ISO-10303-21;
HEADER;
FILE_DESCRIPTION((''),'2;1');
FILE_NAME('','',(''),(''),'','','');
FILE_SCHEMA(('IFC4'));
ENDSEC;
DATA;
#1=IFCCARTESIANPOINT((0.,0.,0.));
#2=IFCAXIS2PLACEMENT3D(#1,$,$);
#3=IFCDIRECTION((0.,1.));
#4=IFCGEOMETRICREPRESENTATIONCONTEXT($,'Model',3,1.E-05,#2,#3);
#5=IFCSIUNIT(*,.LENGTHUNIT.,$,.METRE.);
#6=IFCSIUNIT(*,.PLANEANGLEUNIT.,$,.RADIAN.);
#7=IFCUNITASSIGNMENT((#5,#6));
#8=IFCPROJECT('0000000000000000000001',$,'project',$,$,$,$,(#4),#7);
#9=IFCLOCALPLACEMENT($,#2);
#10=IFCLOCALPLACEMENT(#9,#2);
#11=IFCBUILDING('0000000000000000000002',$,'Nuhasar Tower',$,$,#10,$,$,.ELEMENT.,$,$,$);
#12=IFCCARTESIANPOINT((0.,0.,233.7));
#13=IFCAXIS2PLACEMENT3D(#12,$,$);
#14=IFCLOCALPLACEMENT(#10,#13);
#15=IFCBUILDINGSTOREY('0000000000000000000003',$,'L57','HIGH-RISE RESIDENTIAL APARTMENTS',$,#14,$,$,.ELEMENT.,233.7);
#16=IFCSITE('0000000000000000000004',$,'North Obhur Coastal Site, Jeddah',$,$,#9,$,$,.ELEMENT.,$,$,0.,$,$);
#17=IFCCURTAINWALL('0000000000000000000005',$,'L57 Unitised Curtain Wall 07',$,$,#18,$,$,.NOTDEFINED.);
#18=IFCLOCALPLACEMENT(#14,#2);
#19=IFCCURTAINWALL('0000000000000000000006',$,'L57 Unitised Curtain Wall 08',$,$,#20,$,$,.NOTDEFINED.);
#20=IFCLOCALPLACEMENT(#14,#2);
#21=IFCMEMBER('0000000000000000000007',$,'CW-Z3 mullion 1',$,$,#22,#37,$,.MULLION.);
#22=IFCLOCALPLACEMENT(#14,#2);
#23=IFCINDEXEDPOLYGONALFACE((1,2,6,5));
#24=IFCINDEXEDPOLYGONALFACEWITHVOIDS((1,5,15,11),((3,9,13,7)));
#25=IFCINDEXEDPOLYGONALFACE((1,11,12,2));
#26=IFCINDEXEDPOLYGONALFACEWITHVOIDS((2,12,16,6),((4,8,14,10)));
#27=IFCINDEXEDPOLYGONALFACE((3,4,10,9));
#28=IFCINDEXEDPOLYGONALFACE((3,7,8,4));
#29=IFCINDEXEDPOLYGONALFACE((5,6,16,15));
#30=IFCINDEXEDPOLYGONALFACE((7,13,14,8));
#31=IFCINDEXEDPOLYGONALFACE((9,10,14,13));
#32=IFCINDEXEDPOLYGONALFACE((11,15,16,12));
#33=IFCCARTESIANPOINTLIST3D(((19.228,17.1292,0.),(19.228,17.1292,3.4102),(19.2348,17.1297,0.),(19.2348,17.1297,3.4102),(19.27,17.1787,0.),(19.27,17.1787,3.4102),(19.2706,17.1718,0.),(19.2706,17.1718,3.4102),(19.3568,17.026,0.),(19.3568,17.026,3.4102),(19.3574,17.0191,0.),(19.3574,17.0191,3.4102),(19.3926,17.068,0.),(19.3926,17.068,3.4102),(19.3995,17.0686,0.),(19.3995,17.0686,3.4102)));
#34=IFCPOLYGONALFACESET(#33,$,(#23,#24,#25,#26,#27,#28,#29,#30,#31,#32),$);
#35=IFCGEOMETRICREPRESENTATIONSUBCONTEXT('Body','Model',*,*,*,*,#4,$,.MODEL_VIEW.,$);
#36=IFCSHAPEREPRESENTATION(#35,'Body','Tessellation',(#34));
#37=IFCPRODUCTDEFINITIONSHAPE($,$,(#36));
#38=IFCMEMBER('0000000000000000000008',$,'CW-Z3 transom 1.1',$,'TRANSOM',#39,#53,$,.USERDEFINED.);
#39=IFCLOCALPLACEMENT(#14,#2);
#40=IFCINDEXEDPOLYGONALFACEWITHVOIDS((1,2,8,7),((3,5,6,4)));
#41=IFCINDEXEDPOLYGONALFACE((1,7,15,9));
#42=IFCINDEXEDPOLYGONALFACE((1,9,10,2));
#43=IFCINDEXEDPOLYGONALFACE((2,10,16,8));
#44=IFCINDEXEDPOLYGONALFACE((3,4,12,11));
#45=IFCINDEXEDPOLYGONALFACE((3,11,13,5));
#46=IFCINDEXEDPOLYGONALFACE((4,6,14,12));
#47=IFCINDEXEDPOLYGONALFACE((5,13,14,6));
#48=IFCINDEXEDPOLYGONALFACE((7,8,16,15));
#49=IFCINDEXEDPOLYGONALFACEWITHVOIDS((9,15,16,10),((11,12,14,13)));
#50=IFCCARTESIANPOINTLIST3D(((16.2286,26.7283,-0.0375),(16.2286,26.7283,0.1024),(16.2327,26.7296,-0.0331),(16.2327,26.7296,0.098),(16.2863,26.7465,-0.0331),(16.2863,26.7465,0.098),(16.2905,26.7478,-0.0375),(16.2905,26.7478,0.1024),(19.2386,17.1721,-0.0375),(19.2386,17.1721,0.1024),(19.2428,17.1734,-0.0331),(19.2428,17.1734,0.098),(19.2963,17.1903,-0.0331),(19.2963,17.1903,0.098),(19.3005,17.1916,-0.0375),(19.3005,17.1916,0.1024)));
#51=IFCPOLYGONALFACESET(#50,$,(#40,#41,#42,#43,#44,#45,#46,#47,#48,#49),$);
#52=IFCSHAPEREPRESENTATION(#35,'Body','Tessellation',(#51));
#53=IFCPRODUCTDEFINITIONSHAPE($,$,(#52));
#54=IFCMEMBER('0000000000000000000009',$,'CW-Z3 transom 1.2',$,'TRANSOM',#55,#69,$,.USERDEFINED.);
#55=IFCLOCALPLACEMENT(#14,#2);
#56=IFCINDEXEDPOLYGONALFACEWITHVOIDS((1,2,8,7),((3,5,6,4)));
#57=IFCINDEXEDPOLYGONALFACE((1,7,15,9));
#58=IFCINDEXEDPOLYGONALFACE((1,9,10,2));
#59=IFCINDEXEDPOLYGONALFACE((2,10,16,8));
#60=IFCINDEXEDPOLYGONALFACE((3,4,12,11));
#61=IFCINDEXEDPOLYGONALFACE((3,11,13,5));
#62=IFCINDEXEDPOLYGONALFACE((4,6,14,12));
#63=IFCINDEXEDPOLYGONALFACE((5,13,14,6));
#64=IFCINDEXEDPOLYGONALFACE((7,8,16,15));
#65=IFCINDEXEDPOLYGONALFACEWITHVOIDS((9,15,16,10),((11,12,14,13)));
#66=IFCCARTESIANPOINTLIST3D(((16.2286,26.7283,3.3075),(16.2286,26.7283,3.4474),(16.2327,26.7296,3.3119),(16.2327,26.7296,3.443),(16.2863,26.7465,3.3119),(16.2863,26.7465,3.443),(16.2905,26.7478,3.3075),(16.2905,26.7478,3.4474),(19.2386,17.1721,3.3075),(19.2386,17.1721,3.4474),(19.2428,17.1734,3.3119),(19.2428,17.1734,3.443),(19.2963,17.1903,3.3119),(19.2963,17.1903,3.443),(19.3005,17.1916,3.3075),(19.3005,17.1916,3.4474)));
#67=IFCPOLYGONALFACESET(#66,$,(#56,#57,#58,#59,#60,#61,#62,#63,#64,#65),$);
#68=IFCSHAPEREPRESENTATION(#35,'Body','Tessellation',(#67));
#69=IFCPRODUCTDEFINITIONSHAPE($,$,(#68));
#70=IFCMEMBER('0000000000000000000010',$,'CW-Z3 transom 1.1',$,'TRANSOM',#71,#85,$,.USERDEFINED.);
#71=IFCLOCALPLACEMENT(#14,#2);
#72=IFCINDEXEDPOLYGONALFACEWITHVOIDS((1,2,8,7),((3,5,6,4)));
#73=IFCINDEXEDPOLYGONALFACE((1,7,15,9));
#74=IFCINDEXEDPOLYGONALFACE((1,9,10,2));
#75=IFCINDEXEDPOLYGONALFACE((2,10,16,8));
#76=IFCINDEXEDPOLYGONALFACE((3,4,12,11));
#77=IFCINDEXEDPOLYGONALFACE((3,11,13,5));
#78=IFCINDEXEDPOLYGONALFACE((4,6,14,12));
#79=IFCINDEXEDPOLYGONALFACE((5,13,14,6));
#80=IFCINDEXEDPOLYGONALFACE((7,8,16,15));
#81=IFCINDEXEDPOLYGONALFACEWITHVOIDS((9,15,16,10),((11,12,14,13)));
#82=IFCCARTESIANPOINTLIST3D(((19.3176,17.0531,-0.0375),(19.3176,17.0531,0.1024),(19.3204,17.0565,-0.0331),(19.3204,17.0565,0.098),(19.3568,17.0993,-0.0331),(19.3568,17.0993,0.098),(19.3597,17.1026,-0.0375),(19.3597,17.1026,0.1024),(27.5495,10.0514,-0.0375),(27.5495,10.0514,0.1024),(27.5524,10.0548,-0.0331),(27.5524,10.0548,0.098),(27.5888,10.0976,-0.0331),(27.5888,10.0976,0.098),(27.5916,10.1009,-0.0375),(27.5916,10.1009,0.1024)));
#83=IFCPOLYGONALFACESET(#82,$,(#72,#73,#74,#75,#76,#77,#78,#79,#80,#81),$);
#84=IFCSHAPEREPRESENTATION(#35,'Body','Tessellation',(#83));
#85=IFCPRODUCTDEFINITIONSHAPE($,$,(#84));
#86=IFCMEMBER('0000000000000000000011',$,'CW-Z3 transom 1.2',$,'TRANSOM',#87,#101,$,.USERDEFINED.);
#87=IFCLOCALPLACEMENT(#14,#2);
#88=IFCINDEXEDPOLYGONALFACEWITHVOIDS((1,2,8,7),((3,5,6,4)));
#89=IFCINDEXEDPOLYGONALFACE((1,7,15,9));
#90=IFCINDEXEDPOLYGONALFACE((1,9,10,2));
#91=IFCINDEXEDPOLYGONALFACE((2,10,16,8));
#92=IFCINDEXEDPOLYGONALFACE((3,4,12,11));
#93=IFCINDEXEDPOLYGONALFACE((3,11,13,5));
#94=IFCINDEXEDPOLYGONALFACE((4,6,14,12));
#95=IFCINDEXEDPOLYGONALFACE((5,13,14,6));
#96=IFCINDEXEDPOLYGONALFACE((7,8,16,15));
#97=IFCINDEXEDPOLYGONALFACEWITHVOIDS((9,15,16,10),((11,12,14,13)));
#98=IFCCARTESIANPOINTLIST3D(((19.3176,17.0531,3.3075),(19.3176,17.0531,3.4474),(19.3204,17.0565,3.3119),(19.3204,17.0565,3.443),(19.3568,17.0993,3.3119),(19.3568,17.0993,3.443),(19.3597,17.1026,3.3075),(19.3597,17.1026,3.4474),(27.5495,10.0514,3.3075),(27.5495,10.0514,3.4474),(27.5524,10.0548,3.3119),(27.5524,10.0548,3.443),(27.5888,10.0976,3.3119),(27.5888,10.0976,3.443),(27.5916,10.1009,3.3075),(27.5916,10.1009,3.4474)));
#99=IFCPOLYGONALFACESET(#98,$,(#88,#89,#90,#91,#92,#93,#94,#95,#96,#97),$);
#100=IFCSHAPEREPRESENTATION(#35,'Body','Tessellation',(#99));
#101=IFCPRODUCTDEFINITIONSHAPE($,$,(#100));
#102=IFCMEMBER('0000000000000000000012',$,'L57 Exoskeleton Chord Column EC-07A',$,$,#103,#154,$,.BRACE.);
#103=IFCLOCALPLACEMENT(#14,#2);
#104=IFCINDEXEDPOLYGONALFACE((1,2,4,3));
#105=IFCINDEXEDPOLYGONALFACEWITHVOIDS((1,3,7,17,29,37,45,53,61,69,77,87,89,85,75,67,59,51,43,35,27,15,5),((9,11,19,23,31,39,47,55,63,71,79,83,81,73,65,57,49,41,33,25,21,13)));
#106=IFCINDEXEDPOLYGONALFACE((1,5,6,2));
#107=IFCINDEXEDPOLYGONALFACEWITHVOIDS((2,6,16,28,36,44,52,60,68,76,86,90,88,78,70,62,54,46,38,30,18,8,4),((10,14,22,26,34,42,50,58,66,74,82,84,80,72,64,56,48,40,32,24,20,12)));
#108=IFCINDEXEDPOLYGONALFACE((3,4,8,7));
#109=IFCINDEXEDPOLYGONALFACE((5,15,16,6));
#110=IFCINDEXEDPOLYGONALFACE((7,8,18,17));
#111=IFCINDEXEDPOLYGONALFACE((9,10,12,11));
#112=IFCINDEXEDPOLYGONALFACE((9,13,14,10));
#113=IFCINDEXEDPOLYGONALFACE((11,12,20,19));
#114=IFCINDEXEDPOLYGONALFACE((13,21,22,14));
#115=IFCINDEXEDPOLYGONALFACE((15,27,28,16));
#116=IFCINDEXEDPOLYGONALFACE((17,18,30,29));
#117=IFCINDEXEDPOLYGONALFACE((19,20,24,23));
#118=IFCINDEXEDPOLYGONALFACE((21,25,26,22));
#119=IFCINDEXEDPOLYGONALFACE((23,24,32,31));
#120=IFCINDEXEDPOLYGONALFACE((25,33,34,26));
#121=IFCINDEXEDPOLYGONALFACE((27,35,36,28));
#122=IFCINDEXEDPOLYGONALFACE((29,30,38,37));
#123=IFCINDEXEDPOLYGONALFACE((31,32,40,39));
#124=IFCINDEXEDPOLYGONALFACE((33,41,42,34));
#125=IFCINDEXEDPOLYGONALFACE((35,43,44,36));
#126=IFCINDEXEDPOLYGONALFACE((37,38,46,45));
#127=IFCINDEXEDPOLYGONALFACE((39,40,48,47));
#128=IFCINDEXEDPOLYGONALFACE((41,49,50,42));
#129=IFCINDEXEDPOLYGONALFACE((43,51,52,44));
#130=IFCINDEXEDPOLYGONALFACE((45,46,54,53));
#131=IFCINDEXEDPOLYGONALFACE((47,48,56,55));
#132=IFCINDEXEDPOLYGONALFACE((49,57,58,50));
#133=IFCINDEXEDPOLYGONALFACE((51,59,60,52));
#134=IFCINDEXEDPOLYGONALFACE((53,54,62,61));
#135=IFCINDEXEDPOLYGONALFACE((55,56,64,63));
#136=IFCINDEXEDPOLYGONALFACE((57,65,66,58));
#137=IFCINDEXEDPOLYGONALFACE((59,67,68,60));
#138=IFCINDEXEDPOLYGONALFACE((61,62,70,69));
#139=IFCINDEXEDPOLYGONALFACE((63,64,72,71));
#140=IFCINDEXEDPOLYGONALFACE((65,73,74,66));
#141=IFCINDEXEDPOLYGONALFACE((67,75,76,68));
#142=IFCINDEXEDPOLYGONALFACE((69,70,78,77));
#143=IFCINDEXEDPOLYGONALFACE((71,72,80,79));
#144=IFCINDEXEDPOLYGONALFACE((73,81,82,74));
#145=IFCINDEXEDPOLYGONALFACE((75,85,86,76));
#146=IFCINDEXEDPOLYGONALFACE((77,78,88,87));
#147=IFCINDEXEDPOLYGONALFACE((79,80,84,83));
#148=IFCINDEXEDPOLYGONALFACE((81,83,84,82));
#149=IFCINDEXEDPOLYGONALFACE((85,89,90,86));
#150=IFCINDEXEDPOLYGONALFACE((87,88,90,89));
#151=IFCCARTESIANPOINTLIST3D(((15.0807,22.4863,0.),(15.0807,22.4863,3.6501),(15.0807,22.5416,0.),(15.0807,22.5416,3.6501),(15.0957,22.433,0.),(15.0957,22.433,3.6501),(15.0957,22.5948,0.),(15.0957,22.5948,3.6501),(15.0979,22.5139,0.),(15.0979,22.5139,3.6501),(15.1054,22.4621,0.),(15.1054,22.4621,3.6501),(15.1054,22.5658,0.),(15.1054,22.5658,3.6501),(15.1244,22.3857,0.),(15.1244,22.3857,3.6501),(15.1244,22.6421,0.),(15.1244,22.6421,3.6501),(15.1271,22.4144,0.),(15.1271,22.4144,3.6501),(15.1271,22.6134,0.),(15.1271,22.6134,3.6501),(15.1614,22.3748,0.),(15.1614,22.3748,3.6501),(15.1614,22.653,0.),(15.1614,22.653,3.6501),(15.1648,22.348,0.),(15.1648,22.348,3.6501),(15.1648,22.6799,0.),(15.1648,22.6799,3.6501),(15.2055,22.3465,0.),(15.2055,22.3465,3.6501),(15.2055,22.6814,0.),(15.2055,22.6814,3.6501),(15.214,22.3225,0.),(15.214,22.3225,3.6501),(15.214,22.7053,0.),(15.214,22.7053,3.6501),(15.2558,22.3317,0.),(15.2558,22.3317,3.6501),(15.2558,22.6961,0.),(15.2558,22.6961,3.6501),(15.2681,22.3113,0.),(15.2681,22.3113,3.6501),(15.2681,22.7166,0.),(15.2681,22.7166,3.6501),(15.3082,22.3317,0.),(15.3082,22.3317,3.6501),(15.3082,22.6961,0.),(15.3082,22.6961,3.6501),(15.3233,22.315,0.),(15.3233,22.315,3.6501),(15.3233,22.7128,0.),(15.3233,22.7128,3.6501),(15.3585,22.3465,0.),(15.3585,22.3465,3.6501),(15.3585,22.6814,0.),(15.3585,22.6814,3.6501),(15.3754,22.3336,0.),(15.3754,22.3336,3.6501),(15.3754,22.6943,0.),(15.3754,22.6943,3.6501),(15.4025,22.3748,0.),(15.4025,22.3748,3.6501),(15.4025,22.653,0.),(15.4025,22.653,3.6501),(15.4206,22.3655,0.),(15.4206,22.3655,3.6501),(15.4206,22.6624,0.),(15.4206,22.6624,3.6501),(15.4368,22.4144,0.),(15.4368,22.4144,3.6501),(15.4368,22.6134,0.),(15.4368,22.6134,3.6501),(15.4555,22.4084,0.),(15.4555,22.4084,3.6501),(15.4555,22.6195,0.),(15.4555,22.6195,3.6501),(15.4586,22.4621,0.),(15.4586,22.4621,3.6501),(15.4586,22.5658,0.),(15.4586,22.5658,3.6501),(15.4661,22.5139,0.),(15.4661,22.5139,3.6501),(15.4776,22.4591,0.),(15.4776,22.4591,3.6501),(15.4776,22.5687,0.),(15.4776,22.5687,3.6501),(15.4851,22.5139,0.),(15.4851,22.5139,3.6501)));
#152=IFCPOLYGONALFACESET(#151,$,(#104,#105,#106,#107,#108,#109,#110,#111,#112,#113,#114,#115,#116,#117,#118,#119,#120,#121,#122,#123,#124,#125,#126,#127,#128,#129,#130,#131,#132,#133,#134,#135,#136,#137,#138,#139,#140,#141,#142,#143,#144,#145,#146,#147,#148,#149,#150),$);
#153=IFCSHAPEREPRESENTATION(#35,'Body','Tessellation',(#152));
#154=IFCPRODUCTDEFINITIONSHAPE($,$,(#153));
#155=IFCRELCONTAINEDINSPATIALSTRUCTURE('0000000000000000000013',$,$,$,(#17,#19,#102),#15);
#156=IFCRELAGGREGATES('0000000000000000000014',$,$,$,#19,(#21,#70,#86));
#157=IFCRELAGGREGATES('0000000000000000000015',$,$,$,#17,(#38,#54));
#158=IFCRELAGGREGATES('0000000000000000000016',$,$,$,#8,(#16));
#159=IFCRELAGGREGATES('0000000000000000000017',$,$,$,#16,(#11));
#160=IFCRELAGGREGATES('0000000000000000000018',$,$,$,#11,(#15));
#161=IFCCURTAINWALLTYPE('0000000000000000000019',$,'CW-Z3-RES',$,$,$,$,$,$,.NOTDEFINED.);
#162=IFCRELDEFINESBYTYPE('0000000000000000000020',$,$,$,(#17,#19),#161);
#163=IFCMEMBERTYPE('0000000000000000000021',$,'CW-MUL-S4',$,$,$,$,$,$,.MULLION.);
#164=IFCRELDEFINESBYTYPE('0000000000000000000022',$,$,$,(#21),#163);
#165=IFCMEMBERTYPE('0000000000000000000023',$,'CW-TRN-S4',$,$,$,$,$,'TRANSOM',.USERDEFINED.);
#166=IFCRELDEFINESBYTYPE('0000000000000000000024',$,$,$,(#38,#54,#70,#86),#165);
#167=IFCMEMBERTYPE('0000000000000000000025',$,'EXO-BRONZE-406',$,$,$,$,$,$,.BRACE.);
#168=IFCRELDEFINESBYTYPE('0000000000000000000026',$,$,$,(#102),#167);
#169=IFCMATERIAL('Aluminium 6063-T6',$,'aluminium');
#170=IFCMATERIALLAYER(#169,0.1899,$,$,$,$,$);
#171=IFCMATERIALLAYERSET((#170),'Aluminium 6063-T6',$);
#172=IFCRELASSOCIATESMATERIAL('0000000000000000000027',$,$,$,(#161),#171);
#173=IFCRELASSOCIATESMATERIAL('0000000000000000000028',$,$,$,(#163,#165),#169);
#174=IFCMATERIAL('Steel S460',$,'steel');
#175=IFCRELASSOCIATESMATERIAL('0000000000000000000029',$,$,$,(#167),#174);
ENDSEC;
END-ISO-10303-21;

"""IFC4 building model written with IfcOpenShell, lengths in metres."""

from ifc_helpers import new_model, si_unit, direction, frame, origin, origin_2d, place, context, subcontext, project, spatial, hollow_rectangle, hollow_circle, extrude, material, layer, layer_set, material_profile, profile_set, type_object, element, aggregate, save


model = new_model("IFC4")

# Units and contexts
model_context = context("Model", 3, precision=1e-05, world=origin(), true_north=direction((0.0, 1.0)))
body_context = subcontext(model_context, "Body", "Model", "MODEL_VIEW")
ifc_project = project(units=[si_unit("LENGTHUNIT", "METRE"), si_unit("PLANEANGLEUNIT", "RADIAN")], contexts=[model_context])

# Site, building, storey
site_placement = place(None, origin())
site = spatial("IfcSite", under=ifc_project, at=site_placement, Name="North Obhur Coastal Site, Jeddah", CompositionType="ELEMENT", RefElevation=0.0)
building_placement = place(site_placement, origin())
building = spatial("IfcBuilding", under=site, at=building_placement, Name="Nuhasar Tower", CompositionType="ELEMENT")
storey_placement = place(building_placement, frame((0.0, 0.0, 233.7)))
storey = spatial("IfcBuildingStorey", under=building, at=storey_placement, Name="L57", Description="HIGH-RISE RESIDENTIAL APARTMENTS", CompositionType="ELEMENT", Elevation=233.7)

# Curtain wall
ifc_material_1 = material(Name="Aluminium 6063-T6", Category="aluminium")
ifc_layer_1 = layer(ifc_material_1, 0.1899)
ifc_layer_set_1 = layer_set([ifc_layer_1], Name="Aluminium 6063-T6")
curtain_wall_type = type_object("IfcCurtainWallType", Name="CW-Z3-RES", PredefinedType="NOTDEFINED", material=ifc_layer_set_1)
curtain_wall_1_placement = place(storey_placement, origin())
curtain_wall_1 = element("IfcCurtainWall", 1, at=curtain_wall_1_placement, inside=storey, type_object=curtain_wall_type, Name="L57 Unitised Curtain Wall 07", PredefinedType="NOTDEFINED")
ifc_material_profile_1 = material_profile(ifc_material_1, hollow_rectangle(XDim=0.0649, YDim=0.1699, WallThickness=0.0049, at=origin_2d()), Name="CWM-4")
ifc_profile_set_1 = profile_set([ifc_material_profile_1], Name="Aluminium 6063-T6")
member_type_1 = type_object("IfcMemberType", Name="CW-MUL-S4", PredefinedType="MULLION", material=ifc_profile_set_1)

# Curtain wall, member
curtain_wall_2_placement = place(storey_placement, origin())
curtain_wall_2 = element("IfcCurtainWall", 2, at=curtain_wall_2_placement, inside=storey, type_object=curtain_wall_type, Name="L57 Unitised Curtain Wall 08", PredefinedType="NOTDEFINED")
member_1_placement = place(storey_placement, frame((19.3137, 17.0989, 0.0), z_axis=(0.0, 0.0, 1.0), x_axis=(0.647895, 0.761729, 0.0)))
member_1 = element("IfcMember", 3, at=member_1_placement, type_object=member_type_1, Name="CW-Z3 mullion 1", PredefinedType="MULLION", context=body_context, shape_type="SweptSolid", body=[
    extrude(hollow_rectangle(XDim=0.0649, YDim=0.1699, WallThickness=0.0049, at=origin_2d()), origin(), (0.0, 0.0, 1.0), 3.4102),
])

# Members
ifc_material_profile_2 = material_profile(ifc_material_1, hollow_rectangle(XDim=0.0649, YDim=0.1399, WallThickness=0.0044, at=origin_2d()), Name="CWT-4")
ifc_profile_set_2 = profile_set([ifc_material_profile_2], Name="Aluminium 6063-T6")
member_type_2 = type_object("IfcMemberType", Name="CW-TRN-S4", ElementType="TRANSOM", PredefinedType="USERDEFINED", material=ifc_profile_set_2)
member_2_placement = place(storey_placement, frame((16.2595, 26.738, 0.0325), z_axis=(0.30043, -0.953804, 0.0), x_axis=(0.953804, 0.30043, 0.0)))
member_2 = element("IfcMember", 4, at=member_2_placement, type_object=member_type_2, Name="CW-Z3 transom 1.1", ObjectType="TRANSOM", PredefinedType="USERDEFINED", context=body_context, shape_type="SweptSolid", body=[
    extrude(hollow_rectangle(XDim=0.0649, YDim=0.1399, WallThickness=0.0044, at=origin_2d()), origin(), (0.0, 0.0, 1.0), 10.019),
])
member_3_placement = place(storey_placement, frame((16.2595, 26.738, 3.3774), z_axis=(0.30043, -0.953804, 0.0), x_axis=(0.953804, 0.30043, 0.0)))
member_3 = element("IfcMember", 5, at=member_3_placement, type_object=member_type_2, Name="CW-Z3 transom 1.2", ObjectType="TRANSOM", PredefinedType="USERDEFINED", context=body_context, shape_type="SweptSolid", body=[
    extrude(hollow_rectangle(XDim=0.0649, YDim=0.1399, WallThickness=0.0044, at=origin_2d()), origin(), (0.0, 0.0, 1.0), 10.019),
])
member_4_placement = place(storey_placement, frame((19.3386, 17.0779, 0.0325), z_axis=(0.761731, -0.647894, 0.0), x_axis=(0.647894, 0.761731, 0.0)))
member_4 = element("IfcMember", 6, at=member_4_placement, type_object=member_type_2, Name="CW-Z3 transom 1.1", ObjectType="TRANSOM", PredefinedType="USERDEFINED", context=body_context, shape_type="SweptSolid", body=[
    extrude(hollow_rectangle(XDim=0.0649, YDim=0.1399, WallThickness=0.0044, at=origin_2d()), origin(), (0.0, 0.0, 1.0), 10.8069),
])
member_5_placement = place(storey_placement, frame((19.3386, 17.0779, 3.3774), z_axis=(0.761731, -0.647894, 0.0), x_axis=(0.647894, 0.761731, 0.0)))
member_5 = element("IfcMember", 7, at=member_5_placement, type_object=member_type_2, Name="CW-Z3 transom 1.2", ObjectType="TRANSOM", PredefinedType="USERDEFINED", context=body_context, shape_type="SweptSolid", body=[
    extrude(hollow_rectangle(XDim=0.0649, YDim=0.1399, WallThickness=0.0044, at=origin_2d()), origin(), (0.0, 0.0, 1.0), 10.8069),
])
aggregate(curtain_wall_2, [member_1, member_4, member_5])

# Member
ifc_material_2 = material(Name="Steel S460", Category="steel")
ifc_material_profile_3 = material_profile(ifc_material_2, hollow_circle(Radius=0.2031, WallThickness=0.019, at=origin_2d()), Name="HSS406.4X19.1")
ifc_profile_set_3 = profile_set([ifc_material_profile_3], Name="Steel S460")
member_type_3 = type_object("IfcMemberType", Name="EXO-BRONZE-406", PredefinedType="BRACE", material=ifc_profile_set_3)
for number, where, z_axis, x_axis, name in (
    (8, (15.282, 22.5139, 0.0), (0.0, 0.0, 1.0), (1.0, 0.0, 0.0), "L57 Exoskeleton Chord Column EC-07A"),
):
    element("IfcMember", number, at=place(storey_placement, frame(where, z_axis=z_axis, x_axis=x_axis)), inside=storey, type_object=member_type_3, Name=name, PredefinedType="BRACE", context=body_context, shape_type="SweptSolid", body=[
        extrude(hollow_circle(Radius=0.2031, WallThickness=0.019, at=origin_2d()), origin(), (0.0, 0.0, 1.0), 3.6501),
    ])

aggregate(curtain_wall_1, [member_2, member_3])

save(model, "model.ifc")
